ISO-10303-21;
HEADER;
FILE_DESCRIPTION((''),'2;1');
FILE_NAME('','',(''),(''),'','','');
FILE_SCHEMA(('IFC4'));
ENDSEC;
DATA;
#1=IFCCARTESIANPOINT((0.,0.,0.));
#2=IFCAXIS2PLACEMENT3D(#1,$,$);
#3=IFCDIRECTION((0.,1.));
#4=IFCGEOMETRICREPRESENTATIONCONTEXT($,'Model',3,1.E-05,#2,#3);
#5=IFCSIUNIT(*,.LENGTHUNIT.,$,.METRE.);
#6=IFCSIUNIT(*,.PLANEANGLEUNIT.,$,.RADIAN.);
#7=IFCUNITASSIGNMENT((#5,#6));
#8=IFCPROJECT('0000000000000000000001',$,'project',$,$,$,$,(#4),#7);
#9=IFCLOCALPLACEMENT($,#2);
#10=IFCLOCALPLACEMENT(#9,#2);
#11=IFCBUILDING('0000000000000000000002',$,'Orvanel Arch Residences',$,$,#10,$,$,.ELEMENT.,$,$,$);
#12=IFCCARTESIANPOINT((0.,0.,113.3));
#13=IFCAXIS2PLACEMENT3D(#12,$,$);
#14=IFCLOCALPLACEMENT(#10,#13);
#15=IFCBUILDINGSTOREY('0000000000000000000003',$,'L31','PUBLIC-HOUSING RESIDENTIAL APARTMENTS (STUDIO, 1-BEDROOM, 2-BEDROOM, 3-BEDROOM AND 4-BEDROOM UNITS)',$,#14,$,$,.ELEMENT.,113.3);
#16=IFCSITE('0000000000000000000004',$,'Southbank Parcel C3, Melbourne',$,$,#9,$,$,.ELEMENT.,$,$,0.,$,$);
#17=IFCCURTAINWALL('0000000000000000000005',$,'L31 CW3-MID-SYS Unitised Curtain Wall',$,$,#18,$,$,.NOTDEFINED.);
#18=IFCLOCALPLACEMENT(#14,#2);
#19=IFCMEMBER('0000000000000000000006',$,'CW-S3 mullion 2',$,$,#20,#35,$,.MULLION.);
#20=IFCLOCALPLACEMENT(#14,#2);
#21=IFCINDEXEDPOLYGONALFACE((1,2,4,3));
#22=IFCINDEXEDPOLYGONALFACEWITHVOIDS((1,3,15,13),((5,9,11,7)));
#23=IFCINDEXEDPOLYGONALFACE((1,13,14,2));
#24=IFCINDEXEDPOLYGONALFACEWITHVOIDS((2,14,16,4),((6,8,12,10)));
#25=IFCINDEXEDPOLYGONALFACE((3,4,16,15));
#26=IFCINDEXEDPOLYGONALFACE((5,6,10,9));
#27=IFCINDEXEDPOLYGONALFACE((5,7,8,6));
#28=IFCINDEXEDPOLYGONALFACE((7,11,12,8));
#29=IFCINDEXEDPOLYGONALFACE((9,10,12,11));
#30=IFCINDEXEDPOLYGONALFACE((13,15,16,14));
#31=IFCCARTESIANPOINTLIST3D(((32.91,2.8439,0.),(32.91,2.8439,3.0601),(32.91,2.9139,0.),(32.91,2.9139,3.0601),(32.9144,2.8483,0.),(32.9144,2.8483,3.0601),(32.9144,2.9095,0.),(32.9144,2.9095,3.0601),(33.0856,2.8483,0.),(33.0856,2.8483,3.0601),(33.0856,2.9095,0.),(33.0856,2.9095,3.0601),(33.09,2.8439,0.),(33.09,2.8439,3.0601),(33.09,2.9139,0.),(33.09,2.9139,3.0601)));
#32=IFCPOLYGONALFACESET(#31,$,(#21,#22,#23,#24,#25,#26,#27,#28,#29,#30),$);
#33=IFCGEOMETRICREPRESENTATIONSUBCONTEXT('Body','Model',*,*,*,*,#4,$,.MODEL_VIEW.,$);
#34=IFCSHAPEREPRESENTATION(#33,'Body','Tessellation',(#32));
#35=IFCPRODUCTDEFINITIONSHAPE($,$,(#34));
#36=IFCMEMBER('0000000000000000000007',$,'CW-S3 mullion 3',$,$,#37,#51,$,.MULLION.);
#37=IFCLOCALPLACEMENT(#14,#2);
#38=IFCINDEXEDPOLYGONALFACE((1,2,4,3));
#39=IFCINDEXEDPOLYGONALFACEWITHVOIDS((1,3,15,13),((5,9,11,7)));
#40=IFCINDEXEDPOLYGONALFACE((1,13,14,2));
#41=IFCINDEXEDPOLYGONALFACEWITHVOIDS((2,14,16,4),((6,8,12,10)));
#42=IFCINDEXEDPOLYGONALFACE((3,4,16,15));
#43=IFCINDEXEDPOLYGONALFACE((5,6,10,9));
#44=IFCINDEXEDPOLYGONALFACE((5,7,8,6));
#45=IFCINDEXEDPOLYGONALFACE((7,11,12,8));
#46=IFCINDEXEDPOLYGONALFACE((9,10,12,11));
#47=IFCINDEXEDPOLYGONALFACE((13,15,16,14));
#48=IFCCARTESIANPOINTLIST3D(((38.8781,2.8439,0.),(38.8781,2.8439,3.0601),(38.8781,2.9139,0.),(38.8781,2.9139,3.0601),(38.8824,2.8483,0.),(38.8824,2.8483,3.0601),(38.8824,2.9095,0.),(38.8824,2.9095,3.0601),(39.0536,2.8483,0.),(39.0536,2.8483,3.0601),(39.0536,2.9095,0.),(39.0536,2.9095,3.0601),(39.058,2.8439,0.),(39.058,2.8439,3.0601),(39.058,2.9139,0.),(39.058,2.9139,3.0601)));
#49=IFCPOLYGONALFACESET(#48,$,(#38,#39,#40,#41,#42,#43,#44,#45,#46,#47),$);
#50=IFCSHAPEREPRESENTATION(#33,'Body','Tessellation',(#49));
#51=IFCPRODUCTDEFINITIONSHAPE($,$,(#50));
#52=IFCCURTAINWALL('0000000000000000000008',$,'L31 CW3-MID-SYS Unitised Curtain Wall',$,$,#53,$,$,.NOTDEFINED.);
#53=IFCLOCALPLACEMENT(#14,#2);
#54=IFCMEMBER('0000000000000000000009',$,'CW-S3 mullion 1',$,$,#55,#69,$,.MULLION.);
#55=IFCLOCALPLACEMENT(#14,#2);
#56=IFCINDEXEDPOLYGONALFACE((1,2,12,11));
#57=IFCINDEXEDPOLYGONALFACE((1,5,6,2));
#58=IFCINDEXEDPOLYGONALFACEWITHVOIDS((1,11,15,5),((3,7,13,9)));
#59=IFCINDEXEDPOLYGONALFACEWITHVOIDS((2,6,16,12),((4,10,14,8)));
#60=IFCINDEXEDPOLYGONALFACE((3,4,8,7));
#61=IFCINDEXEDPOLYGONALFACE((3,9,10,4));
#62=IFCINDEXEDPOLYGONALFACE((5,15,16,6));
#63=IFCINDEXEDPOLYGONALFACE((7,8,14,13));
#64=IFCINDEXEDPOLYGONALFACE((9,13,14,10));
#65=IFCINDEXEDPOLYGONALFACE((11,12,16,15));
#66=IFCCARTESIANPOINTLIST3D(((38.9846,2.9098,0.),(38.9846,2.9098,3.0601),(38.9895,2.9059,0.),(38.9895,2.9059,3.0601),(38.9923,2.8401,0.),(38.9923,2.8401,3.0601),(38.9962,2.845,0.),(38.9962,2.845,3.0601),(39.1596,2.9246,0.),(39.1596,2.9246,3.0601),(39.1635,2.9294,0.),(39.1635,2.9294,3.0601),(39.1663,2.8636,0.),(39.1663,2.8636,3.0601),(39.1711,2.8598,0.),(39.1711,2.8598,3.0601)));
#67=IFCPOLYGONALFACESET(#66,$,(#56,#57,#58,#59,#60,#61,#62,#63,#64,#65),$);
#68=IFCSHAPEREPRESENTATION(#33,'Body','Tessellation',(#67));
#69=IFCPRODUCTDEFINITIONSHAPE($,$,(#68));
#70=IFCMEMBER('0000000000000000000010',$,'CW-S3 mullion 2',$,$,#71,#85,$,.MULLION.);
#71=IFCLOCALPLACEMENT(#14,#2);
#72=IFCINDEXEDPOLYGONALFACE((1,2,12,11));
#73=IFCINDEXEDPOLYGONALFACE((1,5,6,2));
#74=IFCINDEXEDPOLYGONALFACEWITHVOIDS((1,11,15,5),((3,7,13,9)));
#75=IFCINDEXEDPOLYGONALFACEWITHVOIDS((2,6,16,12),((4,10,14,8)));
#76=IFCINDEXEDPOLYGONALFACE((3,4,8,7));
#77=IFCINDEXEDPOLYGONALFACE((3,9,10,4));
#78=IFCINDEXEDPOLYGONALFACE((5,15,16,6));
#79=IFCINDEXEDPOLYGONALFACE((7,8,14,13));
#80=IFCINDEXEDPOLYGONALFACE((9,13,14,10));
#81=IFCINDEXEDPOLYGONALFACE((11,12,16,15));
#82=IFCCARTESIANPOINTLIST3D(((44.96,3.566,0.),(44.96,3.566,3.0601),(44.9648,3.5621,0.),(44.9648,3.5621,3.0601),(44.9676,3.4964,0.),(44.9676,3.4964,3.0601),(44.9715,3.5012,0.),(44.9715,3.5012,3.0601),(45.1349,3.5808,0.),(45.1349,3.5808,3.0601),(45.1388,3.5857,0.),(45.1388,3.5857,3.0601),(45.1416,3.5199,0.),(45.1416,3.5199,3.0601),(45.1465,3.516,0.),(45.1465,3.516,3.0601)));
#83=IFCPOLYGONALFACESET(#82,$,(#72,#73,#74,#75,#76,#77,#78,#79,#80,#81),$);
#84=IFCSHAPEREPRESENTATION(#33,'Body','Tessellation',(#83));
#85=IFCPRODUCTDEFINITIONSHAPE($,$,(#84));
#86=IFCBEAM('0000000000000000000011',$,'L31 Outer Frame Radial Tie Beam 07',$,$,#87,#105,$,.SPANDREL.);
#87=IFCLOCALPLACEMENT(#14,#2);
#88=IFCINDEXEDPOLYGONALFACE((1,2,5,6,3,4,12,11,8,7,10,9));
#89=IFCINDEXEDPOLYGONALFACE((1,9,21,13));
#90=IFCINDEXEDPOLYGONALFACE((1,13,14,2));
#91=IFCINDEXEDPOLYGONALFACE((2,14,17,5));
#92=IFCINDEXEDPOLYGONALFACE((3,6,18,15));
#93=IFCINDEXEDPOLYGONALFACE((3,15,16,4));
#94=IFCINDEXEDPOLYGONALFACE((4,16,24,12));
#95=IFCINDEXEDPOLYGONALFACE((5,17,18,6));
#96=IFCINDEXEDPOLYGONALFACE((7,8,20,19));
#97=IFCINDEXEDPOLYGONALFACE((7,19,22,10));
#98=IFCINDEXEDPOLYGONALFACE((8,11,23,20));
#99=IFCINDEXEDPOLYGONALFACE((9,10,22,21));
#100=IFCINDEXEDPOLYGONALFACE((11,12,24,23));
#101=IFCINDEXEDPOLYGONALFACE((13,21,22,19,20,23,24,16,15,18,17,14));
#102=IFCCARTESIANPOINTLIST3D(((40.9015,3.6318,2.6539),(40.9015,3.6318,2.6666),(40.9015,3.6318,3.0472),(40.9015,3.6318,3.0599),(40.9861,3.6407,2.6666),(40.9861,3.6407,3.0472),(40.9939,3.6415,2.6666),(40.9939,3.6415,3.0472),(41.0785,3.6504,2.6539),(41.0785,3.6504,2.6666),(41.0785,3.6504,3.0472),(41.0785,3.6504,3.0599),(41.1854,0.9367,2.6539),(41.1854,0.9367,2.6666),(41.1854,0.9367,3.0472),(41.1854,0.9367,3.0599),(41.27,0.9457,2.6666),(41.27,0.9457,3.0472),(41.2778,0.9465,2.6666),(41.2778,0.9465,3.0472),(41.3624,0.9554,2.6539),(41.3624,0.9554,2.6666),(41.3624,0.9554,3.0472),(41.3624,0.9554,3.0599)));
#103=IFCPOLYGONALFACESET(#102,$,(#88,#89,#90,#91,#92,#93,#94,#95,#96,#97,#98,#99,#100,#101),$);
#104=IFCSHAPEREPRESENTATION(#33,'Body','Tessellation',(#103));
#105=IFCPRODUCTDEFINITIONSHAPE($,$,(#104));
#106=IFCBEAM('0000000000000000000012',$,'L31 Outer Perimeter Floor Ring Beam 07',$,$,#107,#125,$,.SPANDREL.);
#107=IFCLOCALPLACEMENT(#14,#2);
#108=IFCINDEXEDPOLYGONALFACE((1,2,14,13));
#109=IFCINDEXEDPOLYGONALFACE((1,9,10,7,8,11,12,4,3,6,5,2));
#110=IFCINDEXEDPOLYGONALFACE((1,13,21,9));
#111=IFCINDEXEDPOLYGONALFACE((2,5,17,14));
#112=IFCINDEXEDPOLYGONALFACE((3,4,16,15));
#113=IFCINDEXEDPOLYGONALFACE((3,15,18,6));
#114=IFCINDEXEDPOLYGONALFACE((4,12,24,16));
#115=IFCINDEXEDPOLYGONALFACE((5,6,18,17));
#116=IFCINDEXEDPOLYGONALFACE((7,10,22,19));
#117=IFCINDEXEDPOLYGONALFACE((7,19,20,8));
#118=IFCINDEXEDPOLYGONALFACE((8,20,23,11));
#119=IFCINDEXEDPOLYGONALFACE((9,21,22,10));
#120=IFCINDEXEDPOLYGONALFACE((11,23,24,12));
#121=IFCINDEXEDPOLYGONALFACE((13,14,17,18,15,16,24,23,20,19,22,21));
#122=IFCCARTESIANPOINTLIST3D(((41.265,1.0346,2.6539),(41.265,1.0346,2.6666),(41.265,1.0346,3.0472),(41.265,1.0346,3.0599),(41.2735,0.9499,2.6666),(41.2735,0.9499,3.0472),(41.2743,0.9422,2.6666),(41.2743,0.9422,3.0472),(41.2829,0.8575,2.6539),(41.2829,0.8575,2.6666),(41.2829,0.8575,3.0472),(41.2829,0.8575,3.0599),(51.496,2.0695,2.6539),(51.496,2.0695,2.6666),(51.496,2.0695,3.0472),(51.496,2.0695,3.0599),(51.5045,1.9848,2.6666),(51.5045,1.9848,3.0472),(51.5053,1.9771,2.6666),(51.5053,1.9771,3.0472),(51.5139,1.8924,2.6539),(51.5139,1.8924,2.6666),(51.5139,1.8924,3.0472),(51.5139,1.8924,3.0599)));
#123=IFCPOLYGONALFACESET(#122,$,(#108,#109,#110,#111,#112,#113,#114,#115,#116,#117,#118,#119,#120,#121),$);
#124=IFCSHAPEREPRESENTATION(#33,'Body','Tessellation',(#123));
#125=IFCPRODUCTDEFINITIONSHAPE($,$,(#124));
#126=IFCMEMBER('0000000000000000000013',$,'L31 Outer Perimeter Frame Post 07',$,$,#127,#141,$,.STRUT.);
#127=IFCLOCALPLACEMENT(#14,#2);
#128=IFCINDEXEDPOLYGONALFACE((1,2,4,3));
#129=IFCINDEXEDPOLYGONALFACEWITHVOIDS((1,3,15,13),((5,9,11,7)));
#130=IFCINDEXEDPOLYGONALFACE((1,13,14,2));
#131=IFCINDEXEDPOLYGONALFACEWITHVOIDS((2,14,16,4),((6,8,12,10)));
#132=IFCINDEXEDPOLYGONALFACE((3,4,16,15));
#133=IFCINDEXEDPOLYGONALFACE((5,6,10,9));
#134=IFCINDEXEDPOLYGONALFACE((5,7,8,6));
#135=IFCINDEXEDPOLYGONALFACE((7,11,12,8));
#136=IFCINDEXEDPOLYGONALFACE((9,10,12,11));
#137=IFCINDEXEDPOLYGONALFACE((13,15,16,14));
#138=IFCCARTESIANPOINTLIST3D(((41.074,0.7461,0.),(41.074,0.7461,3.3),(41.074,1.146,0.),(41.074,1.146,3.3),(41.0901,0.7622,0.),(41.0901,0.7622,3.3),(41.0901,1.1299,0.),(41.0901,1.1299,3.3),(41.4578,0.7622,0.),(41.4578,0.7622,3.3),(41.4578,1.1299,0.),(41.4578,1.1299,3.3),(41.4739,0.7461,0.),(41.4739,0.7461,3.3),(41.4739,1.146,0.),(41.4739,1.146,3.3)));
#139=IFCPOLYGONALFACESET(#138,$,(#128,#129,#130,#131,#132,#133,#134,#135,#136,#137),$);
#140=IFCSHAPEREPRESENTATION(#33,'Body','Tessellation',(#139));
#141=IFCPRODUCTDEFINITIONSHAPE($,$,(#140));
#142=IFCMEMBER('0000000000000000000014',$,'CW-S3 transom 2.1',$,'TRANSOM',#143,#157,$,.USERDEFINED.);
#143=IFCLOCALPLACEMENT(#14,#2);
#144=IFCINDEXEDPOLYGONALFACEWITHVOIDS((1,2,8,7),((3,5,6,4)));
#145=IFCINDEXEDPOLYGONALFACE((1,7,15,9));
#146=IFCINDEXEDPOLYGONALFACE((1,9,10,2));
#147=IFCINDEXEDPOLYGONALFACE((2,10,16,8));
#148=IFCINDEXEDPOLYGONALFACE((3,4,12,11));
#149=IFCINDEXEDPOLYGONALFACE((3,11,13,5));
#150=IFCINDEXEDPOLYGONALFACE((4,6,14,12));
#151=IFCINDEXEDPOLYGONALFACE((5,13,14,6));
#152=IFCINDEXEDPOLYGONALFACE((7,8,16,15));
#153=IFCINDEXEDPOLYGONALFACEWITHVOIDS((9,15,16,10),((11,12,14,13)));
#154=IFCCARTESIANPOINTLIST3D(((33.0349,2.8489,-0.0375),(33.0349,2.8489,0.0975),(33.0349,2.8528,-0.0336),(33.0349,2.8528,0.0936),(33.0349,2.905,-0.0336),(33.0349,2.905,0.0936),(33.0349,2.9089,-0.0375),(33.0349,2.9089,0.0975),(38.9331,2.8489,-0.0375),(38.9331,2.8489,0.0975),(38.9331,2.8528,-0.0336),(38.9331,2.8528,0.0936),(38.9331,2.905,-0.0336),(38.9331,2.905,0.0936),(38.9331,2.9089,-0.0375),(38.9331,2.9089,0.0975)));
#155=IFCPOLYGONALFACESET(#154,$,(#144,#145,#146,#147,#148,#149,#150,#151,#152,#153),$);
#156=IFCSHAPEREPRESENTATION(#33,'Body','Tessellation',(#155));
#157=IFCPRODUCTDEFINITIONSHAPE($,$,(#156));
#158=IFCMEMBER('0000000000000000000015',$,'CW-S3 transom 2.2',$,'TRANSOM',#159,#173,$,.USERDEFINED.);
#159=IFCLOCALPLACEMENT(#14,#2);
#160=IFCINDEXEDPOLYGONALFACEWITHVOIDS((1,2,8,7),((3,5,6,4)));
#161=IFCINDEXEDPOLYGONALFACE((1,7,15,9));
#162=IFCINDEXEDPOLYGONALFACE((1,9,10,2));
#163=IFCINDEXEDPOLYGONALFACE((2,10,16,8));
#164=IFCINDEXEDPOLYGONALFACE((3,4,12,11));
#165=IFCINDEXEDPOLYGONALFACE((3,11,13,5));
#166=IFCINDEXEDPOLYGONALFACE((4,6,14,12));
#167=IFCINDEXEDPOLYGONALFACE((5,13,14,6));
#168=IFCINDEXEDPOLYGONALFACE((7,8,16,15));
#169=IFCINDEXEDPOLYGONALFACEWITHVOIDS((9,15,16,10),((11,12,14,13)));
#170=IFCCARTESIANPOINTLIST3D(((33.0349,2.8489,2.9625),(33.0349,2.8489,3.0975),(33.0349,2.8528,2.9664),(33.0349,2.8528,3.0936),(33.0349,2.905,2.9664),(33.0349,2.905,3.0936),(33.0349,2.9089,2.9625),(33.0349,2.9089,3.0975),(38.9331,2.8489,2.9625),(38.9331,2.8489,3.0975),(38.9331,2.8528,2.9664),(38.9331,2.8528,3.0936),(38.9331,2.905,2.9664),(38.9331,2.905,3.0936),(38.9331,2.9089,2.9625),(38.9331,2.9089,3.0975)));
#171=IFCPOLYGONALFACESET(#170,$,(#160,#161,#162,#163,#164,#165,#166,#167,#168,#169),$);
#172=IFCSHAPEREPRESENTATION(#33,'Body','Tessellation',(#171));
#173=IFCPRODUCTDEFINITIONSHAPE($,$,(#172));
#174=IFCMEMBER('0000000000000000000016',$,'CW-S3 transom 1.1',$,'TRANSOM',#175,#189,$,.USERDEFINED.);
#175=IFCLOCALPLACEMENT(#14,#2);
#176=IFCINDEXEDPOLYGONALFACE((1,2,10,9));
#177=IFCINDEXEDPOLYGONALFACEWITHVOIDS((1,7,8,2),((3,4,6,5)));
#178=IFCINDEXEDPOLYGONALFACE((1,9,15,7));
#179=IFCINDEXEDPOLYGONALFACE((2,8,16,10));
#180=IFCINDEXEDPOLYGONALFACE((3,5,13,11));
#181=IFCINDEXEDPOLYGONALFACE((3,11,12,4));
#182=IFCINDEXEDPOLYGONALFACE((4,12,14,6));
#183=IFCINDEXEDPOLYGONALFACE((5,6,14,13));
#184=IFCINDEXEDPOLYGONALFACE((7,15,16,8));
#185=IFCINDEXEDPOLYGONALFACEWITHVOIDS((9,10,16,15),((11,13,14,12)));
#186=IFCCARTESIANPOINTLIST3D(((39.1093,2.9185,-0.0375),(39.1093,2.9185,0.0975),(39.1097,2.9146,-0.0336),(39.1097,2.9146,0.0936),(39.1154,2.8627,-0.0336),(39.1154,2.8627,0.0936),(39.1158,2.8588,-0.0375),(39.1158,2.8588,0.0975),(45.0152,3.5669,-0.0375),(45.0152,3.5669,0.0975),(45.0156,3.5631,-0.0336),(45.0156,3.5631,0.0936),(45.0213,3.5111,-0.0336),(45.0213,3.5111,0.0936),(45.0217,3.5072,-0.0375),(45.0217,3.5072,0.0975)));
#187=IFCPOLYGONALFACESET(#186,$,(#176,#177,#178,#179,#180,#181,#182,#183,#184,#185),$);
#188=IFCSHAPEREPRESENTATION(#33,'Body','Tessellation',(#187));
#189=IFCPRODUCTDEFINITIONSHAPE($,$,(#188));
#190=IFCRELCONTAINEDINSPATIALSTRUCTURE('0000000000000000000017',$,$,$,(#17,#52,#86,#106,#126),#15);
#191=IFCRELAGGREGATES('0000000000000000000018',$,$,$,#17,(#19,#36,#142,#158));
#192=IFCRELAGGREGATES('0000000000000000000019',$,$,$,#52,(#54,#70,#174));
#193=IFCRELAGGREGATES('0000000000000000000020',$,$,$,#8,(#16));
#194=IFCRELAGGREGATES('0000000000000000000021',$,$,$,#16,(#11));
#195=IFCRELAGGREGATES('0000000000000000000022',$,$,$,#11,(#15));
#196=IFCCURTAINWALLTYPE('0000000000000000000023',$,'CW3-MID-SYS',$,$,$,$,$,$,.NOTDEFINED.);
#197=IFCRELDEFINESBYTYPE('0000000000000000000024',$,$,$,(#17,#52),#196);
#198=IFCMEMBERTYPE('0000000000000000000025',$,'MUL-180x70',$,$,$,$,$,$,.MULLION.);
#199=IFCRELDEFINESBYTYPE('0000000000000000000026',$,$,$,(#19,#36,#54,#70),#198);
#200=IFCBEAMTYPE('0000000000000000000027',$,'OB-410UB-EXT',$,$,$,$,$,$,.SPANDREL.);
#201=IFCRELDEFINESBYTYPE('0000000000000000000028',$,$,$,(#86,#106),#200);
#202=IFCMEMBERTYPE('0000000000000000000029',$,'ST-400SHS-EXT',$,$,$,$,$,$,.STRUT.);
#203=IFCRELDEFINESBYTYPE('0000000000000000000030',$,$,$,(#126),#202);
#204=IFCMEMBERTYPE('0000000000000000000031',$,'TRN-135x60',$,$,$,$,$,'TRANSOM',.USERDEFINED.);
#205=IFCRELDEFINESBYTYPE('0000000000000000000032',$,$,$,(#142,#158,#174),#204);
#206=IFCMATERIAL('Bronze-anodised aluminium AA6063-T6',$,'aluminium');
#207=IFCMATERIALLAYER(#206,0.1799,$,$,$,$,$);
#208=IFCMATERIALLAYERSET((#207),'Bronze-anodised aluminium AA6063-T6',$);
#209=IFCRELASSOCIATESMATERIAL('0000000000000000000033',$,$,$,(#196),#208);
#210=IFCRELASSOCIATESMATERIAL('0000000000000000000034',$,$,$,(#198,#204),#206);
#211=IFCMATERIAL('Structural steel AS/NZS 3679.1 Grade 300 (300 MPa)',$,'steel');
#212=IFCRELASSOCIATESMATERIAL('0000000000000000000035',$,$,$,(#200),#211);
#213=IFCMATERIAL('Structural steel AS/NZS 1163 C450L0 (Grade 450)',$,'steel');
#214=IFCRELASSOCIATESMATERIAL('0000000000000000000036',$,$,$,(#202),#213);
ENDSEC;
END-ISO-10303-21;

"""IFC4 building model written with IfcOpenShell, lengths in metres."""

from ifc_helpers import new_model, si_unit, direction, frame, origin, origin_2d, place, context, subcontext, project, spatial, hollow_rectangle, i_section, extrude, material, layer, layer_set, material_profile, profile_set, type_object, element, aggregate, save


model = new_model("IFC4")

# Units and contexts
model_context = context("Model", 3, precision=1e-05, world=origin(), true_north=direction((0.0, 1.0)))
body_context = subcontext(model_context, "Body", "Model", "MODEL_VIEW")
ifc_project = project(units=[si_unit("LENGTHUNIT", "METRE"), si_unit("PLANEANGLEUNIT", "RADIAN")], contexts=[model_context])

# Site, building, storey
site_placement = place(None, origin())
site = spatial("IfcSite", under=ifc_project, at=site_placement, Name="Southbank Parcel C3, Melbourne", CompositionType="ELEMENT", RefElevation=0.0)
building_placement = place(site_placement, origin())
building = spatial("IfcBuilding", under=site, at=building_placement, Name="Orvanel Arch Residences", CompositionType="ELEMENT")
storey_placement = place(building_placement, frame((0.0, 0.0, 113.3)))
storey = spatial("IfcBuildingStorey", under=building, at=storey_placement, Name="L31", Description="PUBLIC-HOUSING RESIDENTIAL APARTMENTS (STUDIO, 1-BEDROOM, 2-BEDROOM, 3-BEDROOM AND 4-BEDROOM UNITS)", CompositionType="ELEMENT", Elevation=113.3)

# Curtain walls, members
ifc_material_1 = material(Name="Bronze-anodised aluminium AA6063-T6", Category="aluminium")
ifc_layer_1 = layer(ifc_material_1, 0.1799)
ifc_layer_set_1 = layer_set([ifc_layer_1], Name="Bronze-anodised aluminium AA6063-T6")
curtain_wall_type = type_object("IfcCurtainWallType", Name="CW3-MID-SYS", PredefinedType="NOTDEFINED", material=ifc_layer_set_1)
curtain_wall_1_placement = place(storey_placement, origin())
curtain_wall_1 = element("IfcCurtainWall", 1, at=curtain_wall_1_placement, inside=storey, type_object=curtain_wall_type, Name="L31 CW3-MID-SYS Unitised Curtain Wall", PredefinedType="NOTDEFINED")
ifc_material_profile_1 = material_profile(ifc_material_1, hollow_rectangle(XDim=0.0701, YDim=0.1799, WallThickness=0.0044, at=origin_2d()), Name="ALU180x70x4.5")
ifc_profile_set_1 = profile_set([ifc_material_profile_1], Name="Bronze-anodised aluminium AA6063-T6")
member_type_1 = type_object("IfcMemberType", Name="MUL-180x70", PredefinedType="MULLION", material=ifc_profile_set_1)
member_1_placement = place(storey_placement, frame((33.0, 2.8789, 0.0), z_axis=(0.0, 0.0, 1.0), x_axis=(0.0, 1.0, 0.0)))
member_1 = element("IfcMember", 2, at=member_1_placement, type_object=member_type_1, Name="CW-S3 mullion 2", PredefinedType="MULLION", context=body_context, shape_type="SweptSolid", body=[
    extrude(hollow_rectangle(XDim=0.0701, YDim=0.1799, WallThickness=0.0044, at=origin_2d()), origin(), (0.0, 0.0, 1.0), 3.0601),
])
member_2_placement = place(storey_placement, frame((38.968, 2.8789, 0.0), z_axis=(0.0, 0.0, 1.0), x_axis=(0.0, 1.0, 0.0)))
member_2 = element("IfcMember", 3, at=member_2_placement, type_object=member_type_1, Name="CW-S3 mullion 3", PredefinedType="MULLION", context=body_context, shape_type="SweptSolid", body=[
    extrude(hollow_rectangle(XDim=0.0701, YDim=0.1799, WallThickness=0.0044, at=origin_2d()), origin(), (0.0, 0.0, 1.0), 3.0601),
])
curtain_wall_2_placement = place(storey_placement, origin())
curtain_wall_2 = element("IfcCurtainWall", 4, at=curtain_wall_2_placement, inside=storey, type_object=curtain_wall_type, Name="L31 CW3-MID-SYS Unitised Curtain Wall", PredefinedType="NOTDEFINED")
member_3_placement = place(storey_placement, frame((39.0779, 2.8848, 0.0), z_axis=(0.0, 0.0, 1.0), x_axis=(-0.109155, 0.994025, 0.0)))
member_3 = element("IfcMember", 5, at=member_3_placement, type_object=member_type_1, Name="CW-S3 mullion 1", PredefinedType="MULLION", context=body_context, shape_type="SweptSolid", body=[
    extrude(hollow_rectangle(XDim=0.0701, YDim=0.1799, WallThickness=0.0044, at=origin_2d()), origin(), (0.0, 0.0, 1.0), 3.0601),
])
member_4_placement = place(storey_placement, frame((45.0532, 3.541, 0.0), z_axis=(0.0, 0.0, 1.0), x_axis=(-0.109155, 0.994025, 0.0)))
member_4 = element("IfcMember", 6, at=member_4_placement, type_object=member_type_1, Name="CW-S3 mullion 2", PredefinedType="MULLION", context=body_context, shape_type="SweptSolid", body=[
    extrude(hollow_rectangle(XDim=0.0701, YDim=0.1799, WallThickness=0.0044, at=origin_2d()), origin(), (0.0, 0.0, 1.0), 3.0601),
])

# Beams
ifc_material_2 = material(Name="Structural steel AS/NZS 3679.1 Grade 300 (300 MPa)", Category="steel")
ifc_material_profile_2 = material_profile(ifc_material_2, i_section(OverallWidth=0.178, OverallDepth=0.406, WebThickness=0.0078, FlangeThickness=0.0127, at=origin_2d()), Name="410UB59.7")
ifc_profile_set_2 = profile_set([ifc_material_profile_2], Name="Structural steel AS/NZS 3679.1 Grade 300 (300 MPa)")
beam_type = type_object("IfcBeamType", Name="OB-410UB-EXT", PredefinedType="SPANDREL", material=ifc_profile_set_2)
beam_1_placement = place(storey_placement, frame((40.99, 3.6411, 2.8569), z_axis=(0.104774, -0.994496, 0.0), x_axis=(0.994496, 0.104774, 0.0)))
element("IfcBeam", 7, at=beam_1_placement, inside=storey, type_object=beam_type, Name="L31 Outer Frame Radial Tie Beam 07", PredefinedType="SPANDREL", context=body_context, shape_type="SweptSolid", body=[
    extrude(i_section(OverallWidth=0.178, OverallDepth=0.406, WebThickness=0.0078, FlangeThickness=0.0127, at=origin_2d()), origin(), (0.0, 0.0, 1.0), 2.71),
])
beam_2_placement = place(storey_placement, frame((41.2739, 0.946, 2.8569), z_axis=(0.994923, 0.100641, 0.0), x_axis=(-0.100641, 0.994923, 0.0)))
element("IfcBeam", 8, at=beam_2_placement, inside=storey, type_object=beam_type, Name="L31 Outer Perimeter Floor Ring Beam 07", PredefinedType="SPANDREL", context=body_context, shape_type="SweptSolid", body=[
    extrude(i_section(OverallWidth=0.178, OverallDepth=0.406, WebThickness=0.0078, FlangeThickness=0.0127, at=origin_2d()), origin(), (0.0, 0.0, 1.0), 10.2832),
])

# Members
ifc_material_3 = material(Name="Structural steel AS/NZS 1163 C450L0 (Grade 450)", Category="steel")
ifc_material_profile_3 = material_profile(ifc_material_3, hollow_rectangle(XDim=0.3999, YDim=0.3999, WallThickness=0.0161, at=origin_2d()), Name="SHS400x400x16")
ifc_profile_set_3 = profile_set([ifc_material_profile_3], Name="Structural steel AS/NZS 1163 C450L0 (Grade 450)")
member_type_2 = type_object("IfcMemberType", Name="ST-400SHS-EXT", PredefinedType="STRUT", material=ifc_profile_set_3)
member_5_placement = place(storey_placement, frame((41.2739, 0.946, 0.0), z_axis=(0.0, 0.0, 1.0), x_axis=(1.0, 0.0, 0.0)))
element("IfcMember", 9, at=member_5_placement, inside=storey, type_object=member_type_2, Name="L31 Outer Perimeter Frame Post 07", PredefinedType="STRUT", context=body_context, shape_type="SweptSolid", body=[
    extrude(hollow_rectangle(XDim=0.3999, YDim=0.3999, WallThickness=0.0161, at=origin_2d()), origin(), (0.0, 0.0, 1.0), 3.3),
])
ifc_material_profile_4 = material_profile(ifc_material_1, hollow_rectangle(XDim=0.0601, YDim=0.135, WallThickness=0.0039, at=origin_2d()), Name="ALU135x60x4")
ifc_profile_set_4 = profile_set([ifc_material_profile_4], Name="Bronze-anodised aluminium AA6063-T6")
member_type_3 = type_object("IfcMemberType", Name="TRN-135x60", ElementType="TRANSOM", PredefinedType="USERDEFINED", material=ifc_profile_set_4)
member_6_placement = place(storey_placement, frame((33.0349, 2.8789, 0.03), z_axis=(1.0, 0.0, 0.0), x_axis=(0.0, 1.0, 0.0)))
member_6 = element("IfcMember", 10, at=member_6_placement, type_object=member_type_3, Name="CW-S3 transom 2.1", ObjectType="TRANSOM", PredefinedType="USERDEFINED", context=body_context, shape_type="SweptSolid", body=[
    extrude(hollow_rectangle(XDim=0.0601, YDim=0.135, WallThickness=0.0039, at=origin_2d()), origin(), (0.0, 0.0, 1.0), 5.8982),
])
member_7_placement = place(storey_placement, frame((33.0349, 2.8789, 3.03), z_axis=(1.0, 0.0, 0.0), x_axis=(0.0, 1.0, 0.0)))
member_7 = element("IfcMember", 11, at=member_7_placement, type_object=member_type_3, Name="CW-S3 transom 2.2", ObjectType="TRANSOM", PredefinedType="USERDEFINED", context=body_context, shape_type="SweptSolid", body=[
    extrude(hollow_rectangle(XDim=0.0601, YDim=0.135, WallThickness=0.0039, at=origin_2d()), origin(), (0.0, 0.0, 1.0), 5.8982),
])
member_8_placement = place(storey_placement, frame((39.1125, 2.8887, 0.03), z_axis=(0.994027, 0.109137, 0.0), x_axis=(-0.109137, 0.994027, 0.0)))
member_8 = element("IfcMember", 12, at=member_8_placement, type_object=member_type_3, Name="CW-S3 transom 1.1", ObjectType="TRANSOM", PredefinedType="USERDEFINED", context=body_context, shape_type="SweptSolid", body=[
    extrude(hollow_rectangle(XDim=0.0601, YDim=0.135, WallThickness=0.0039, at=origin_2d()), origin(), (0.0, 0.0, 1.0), 5.9414),
])

aggregate(curtain_wall_1, [member_1, member_2, member_6, member_7])
aggregate(curtain_wall_2, [member_3, member_4, member_8])

save(model, "model.ifc")
